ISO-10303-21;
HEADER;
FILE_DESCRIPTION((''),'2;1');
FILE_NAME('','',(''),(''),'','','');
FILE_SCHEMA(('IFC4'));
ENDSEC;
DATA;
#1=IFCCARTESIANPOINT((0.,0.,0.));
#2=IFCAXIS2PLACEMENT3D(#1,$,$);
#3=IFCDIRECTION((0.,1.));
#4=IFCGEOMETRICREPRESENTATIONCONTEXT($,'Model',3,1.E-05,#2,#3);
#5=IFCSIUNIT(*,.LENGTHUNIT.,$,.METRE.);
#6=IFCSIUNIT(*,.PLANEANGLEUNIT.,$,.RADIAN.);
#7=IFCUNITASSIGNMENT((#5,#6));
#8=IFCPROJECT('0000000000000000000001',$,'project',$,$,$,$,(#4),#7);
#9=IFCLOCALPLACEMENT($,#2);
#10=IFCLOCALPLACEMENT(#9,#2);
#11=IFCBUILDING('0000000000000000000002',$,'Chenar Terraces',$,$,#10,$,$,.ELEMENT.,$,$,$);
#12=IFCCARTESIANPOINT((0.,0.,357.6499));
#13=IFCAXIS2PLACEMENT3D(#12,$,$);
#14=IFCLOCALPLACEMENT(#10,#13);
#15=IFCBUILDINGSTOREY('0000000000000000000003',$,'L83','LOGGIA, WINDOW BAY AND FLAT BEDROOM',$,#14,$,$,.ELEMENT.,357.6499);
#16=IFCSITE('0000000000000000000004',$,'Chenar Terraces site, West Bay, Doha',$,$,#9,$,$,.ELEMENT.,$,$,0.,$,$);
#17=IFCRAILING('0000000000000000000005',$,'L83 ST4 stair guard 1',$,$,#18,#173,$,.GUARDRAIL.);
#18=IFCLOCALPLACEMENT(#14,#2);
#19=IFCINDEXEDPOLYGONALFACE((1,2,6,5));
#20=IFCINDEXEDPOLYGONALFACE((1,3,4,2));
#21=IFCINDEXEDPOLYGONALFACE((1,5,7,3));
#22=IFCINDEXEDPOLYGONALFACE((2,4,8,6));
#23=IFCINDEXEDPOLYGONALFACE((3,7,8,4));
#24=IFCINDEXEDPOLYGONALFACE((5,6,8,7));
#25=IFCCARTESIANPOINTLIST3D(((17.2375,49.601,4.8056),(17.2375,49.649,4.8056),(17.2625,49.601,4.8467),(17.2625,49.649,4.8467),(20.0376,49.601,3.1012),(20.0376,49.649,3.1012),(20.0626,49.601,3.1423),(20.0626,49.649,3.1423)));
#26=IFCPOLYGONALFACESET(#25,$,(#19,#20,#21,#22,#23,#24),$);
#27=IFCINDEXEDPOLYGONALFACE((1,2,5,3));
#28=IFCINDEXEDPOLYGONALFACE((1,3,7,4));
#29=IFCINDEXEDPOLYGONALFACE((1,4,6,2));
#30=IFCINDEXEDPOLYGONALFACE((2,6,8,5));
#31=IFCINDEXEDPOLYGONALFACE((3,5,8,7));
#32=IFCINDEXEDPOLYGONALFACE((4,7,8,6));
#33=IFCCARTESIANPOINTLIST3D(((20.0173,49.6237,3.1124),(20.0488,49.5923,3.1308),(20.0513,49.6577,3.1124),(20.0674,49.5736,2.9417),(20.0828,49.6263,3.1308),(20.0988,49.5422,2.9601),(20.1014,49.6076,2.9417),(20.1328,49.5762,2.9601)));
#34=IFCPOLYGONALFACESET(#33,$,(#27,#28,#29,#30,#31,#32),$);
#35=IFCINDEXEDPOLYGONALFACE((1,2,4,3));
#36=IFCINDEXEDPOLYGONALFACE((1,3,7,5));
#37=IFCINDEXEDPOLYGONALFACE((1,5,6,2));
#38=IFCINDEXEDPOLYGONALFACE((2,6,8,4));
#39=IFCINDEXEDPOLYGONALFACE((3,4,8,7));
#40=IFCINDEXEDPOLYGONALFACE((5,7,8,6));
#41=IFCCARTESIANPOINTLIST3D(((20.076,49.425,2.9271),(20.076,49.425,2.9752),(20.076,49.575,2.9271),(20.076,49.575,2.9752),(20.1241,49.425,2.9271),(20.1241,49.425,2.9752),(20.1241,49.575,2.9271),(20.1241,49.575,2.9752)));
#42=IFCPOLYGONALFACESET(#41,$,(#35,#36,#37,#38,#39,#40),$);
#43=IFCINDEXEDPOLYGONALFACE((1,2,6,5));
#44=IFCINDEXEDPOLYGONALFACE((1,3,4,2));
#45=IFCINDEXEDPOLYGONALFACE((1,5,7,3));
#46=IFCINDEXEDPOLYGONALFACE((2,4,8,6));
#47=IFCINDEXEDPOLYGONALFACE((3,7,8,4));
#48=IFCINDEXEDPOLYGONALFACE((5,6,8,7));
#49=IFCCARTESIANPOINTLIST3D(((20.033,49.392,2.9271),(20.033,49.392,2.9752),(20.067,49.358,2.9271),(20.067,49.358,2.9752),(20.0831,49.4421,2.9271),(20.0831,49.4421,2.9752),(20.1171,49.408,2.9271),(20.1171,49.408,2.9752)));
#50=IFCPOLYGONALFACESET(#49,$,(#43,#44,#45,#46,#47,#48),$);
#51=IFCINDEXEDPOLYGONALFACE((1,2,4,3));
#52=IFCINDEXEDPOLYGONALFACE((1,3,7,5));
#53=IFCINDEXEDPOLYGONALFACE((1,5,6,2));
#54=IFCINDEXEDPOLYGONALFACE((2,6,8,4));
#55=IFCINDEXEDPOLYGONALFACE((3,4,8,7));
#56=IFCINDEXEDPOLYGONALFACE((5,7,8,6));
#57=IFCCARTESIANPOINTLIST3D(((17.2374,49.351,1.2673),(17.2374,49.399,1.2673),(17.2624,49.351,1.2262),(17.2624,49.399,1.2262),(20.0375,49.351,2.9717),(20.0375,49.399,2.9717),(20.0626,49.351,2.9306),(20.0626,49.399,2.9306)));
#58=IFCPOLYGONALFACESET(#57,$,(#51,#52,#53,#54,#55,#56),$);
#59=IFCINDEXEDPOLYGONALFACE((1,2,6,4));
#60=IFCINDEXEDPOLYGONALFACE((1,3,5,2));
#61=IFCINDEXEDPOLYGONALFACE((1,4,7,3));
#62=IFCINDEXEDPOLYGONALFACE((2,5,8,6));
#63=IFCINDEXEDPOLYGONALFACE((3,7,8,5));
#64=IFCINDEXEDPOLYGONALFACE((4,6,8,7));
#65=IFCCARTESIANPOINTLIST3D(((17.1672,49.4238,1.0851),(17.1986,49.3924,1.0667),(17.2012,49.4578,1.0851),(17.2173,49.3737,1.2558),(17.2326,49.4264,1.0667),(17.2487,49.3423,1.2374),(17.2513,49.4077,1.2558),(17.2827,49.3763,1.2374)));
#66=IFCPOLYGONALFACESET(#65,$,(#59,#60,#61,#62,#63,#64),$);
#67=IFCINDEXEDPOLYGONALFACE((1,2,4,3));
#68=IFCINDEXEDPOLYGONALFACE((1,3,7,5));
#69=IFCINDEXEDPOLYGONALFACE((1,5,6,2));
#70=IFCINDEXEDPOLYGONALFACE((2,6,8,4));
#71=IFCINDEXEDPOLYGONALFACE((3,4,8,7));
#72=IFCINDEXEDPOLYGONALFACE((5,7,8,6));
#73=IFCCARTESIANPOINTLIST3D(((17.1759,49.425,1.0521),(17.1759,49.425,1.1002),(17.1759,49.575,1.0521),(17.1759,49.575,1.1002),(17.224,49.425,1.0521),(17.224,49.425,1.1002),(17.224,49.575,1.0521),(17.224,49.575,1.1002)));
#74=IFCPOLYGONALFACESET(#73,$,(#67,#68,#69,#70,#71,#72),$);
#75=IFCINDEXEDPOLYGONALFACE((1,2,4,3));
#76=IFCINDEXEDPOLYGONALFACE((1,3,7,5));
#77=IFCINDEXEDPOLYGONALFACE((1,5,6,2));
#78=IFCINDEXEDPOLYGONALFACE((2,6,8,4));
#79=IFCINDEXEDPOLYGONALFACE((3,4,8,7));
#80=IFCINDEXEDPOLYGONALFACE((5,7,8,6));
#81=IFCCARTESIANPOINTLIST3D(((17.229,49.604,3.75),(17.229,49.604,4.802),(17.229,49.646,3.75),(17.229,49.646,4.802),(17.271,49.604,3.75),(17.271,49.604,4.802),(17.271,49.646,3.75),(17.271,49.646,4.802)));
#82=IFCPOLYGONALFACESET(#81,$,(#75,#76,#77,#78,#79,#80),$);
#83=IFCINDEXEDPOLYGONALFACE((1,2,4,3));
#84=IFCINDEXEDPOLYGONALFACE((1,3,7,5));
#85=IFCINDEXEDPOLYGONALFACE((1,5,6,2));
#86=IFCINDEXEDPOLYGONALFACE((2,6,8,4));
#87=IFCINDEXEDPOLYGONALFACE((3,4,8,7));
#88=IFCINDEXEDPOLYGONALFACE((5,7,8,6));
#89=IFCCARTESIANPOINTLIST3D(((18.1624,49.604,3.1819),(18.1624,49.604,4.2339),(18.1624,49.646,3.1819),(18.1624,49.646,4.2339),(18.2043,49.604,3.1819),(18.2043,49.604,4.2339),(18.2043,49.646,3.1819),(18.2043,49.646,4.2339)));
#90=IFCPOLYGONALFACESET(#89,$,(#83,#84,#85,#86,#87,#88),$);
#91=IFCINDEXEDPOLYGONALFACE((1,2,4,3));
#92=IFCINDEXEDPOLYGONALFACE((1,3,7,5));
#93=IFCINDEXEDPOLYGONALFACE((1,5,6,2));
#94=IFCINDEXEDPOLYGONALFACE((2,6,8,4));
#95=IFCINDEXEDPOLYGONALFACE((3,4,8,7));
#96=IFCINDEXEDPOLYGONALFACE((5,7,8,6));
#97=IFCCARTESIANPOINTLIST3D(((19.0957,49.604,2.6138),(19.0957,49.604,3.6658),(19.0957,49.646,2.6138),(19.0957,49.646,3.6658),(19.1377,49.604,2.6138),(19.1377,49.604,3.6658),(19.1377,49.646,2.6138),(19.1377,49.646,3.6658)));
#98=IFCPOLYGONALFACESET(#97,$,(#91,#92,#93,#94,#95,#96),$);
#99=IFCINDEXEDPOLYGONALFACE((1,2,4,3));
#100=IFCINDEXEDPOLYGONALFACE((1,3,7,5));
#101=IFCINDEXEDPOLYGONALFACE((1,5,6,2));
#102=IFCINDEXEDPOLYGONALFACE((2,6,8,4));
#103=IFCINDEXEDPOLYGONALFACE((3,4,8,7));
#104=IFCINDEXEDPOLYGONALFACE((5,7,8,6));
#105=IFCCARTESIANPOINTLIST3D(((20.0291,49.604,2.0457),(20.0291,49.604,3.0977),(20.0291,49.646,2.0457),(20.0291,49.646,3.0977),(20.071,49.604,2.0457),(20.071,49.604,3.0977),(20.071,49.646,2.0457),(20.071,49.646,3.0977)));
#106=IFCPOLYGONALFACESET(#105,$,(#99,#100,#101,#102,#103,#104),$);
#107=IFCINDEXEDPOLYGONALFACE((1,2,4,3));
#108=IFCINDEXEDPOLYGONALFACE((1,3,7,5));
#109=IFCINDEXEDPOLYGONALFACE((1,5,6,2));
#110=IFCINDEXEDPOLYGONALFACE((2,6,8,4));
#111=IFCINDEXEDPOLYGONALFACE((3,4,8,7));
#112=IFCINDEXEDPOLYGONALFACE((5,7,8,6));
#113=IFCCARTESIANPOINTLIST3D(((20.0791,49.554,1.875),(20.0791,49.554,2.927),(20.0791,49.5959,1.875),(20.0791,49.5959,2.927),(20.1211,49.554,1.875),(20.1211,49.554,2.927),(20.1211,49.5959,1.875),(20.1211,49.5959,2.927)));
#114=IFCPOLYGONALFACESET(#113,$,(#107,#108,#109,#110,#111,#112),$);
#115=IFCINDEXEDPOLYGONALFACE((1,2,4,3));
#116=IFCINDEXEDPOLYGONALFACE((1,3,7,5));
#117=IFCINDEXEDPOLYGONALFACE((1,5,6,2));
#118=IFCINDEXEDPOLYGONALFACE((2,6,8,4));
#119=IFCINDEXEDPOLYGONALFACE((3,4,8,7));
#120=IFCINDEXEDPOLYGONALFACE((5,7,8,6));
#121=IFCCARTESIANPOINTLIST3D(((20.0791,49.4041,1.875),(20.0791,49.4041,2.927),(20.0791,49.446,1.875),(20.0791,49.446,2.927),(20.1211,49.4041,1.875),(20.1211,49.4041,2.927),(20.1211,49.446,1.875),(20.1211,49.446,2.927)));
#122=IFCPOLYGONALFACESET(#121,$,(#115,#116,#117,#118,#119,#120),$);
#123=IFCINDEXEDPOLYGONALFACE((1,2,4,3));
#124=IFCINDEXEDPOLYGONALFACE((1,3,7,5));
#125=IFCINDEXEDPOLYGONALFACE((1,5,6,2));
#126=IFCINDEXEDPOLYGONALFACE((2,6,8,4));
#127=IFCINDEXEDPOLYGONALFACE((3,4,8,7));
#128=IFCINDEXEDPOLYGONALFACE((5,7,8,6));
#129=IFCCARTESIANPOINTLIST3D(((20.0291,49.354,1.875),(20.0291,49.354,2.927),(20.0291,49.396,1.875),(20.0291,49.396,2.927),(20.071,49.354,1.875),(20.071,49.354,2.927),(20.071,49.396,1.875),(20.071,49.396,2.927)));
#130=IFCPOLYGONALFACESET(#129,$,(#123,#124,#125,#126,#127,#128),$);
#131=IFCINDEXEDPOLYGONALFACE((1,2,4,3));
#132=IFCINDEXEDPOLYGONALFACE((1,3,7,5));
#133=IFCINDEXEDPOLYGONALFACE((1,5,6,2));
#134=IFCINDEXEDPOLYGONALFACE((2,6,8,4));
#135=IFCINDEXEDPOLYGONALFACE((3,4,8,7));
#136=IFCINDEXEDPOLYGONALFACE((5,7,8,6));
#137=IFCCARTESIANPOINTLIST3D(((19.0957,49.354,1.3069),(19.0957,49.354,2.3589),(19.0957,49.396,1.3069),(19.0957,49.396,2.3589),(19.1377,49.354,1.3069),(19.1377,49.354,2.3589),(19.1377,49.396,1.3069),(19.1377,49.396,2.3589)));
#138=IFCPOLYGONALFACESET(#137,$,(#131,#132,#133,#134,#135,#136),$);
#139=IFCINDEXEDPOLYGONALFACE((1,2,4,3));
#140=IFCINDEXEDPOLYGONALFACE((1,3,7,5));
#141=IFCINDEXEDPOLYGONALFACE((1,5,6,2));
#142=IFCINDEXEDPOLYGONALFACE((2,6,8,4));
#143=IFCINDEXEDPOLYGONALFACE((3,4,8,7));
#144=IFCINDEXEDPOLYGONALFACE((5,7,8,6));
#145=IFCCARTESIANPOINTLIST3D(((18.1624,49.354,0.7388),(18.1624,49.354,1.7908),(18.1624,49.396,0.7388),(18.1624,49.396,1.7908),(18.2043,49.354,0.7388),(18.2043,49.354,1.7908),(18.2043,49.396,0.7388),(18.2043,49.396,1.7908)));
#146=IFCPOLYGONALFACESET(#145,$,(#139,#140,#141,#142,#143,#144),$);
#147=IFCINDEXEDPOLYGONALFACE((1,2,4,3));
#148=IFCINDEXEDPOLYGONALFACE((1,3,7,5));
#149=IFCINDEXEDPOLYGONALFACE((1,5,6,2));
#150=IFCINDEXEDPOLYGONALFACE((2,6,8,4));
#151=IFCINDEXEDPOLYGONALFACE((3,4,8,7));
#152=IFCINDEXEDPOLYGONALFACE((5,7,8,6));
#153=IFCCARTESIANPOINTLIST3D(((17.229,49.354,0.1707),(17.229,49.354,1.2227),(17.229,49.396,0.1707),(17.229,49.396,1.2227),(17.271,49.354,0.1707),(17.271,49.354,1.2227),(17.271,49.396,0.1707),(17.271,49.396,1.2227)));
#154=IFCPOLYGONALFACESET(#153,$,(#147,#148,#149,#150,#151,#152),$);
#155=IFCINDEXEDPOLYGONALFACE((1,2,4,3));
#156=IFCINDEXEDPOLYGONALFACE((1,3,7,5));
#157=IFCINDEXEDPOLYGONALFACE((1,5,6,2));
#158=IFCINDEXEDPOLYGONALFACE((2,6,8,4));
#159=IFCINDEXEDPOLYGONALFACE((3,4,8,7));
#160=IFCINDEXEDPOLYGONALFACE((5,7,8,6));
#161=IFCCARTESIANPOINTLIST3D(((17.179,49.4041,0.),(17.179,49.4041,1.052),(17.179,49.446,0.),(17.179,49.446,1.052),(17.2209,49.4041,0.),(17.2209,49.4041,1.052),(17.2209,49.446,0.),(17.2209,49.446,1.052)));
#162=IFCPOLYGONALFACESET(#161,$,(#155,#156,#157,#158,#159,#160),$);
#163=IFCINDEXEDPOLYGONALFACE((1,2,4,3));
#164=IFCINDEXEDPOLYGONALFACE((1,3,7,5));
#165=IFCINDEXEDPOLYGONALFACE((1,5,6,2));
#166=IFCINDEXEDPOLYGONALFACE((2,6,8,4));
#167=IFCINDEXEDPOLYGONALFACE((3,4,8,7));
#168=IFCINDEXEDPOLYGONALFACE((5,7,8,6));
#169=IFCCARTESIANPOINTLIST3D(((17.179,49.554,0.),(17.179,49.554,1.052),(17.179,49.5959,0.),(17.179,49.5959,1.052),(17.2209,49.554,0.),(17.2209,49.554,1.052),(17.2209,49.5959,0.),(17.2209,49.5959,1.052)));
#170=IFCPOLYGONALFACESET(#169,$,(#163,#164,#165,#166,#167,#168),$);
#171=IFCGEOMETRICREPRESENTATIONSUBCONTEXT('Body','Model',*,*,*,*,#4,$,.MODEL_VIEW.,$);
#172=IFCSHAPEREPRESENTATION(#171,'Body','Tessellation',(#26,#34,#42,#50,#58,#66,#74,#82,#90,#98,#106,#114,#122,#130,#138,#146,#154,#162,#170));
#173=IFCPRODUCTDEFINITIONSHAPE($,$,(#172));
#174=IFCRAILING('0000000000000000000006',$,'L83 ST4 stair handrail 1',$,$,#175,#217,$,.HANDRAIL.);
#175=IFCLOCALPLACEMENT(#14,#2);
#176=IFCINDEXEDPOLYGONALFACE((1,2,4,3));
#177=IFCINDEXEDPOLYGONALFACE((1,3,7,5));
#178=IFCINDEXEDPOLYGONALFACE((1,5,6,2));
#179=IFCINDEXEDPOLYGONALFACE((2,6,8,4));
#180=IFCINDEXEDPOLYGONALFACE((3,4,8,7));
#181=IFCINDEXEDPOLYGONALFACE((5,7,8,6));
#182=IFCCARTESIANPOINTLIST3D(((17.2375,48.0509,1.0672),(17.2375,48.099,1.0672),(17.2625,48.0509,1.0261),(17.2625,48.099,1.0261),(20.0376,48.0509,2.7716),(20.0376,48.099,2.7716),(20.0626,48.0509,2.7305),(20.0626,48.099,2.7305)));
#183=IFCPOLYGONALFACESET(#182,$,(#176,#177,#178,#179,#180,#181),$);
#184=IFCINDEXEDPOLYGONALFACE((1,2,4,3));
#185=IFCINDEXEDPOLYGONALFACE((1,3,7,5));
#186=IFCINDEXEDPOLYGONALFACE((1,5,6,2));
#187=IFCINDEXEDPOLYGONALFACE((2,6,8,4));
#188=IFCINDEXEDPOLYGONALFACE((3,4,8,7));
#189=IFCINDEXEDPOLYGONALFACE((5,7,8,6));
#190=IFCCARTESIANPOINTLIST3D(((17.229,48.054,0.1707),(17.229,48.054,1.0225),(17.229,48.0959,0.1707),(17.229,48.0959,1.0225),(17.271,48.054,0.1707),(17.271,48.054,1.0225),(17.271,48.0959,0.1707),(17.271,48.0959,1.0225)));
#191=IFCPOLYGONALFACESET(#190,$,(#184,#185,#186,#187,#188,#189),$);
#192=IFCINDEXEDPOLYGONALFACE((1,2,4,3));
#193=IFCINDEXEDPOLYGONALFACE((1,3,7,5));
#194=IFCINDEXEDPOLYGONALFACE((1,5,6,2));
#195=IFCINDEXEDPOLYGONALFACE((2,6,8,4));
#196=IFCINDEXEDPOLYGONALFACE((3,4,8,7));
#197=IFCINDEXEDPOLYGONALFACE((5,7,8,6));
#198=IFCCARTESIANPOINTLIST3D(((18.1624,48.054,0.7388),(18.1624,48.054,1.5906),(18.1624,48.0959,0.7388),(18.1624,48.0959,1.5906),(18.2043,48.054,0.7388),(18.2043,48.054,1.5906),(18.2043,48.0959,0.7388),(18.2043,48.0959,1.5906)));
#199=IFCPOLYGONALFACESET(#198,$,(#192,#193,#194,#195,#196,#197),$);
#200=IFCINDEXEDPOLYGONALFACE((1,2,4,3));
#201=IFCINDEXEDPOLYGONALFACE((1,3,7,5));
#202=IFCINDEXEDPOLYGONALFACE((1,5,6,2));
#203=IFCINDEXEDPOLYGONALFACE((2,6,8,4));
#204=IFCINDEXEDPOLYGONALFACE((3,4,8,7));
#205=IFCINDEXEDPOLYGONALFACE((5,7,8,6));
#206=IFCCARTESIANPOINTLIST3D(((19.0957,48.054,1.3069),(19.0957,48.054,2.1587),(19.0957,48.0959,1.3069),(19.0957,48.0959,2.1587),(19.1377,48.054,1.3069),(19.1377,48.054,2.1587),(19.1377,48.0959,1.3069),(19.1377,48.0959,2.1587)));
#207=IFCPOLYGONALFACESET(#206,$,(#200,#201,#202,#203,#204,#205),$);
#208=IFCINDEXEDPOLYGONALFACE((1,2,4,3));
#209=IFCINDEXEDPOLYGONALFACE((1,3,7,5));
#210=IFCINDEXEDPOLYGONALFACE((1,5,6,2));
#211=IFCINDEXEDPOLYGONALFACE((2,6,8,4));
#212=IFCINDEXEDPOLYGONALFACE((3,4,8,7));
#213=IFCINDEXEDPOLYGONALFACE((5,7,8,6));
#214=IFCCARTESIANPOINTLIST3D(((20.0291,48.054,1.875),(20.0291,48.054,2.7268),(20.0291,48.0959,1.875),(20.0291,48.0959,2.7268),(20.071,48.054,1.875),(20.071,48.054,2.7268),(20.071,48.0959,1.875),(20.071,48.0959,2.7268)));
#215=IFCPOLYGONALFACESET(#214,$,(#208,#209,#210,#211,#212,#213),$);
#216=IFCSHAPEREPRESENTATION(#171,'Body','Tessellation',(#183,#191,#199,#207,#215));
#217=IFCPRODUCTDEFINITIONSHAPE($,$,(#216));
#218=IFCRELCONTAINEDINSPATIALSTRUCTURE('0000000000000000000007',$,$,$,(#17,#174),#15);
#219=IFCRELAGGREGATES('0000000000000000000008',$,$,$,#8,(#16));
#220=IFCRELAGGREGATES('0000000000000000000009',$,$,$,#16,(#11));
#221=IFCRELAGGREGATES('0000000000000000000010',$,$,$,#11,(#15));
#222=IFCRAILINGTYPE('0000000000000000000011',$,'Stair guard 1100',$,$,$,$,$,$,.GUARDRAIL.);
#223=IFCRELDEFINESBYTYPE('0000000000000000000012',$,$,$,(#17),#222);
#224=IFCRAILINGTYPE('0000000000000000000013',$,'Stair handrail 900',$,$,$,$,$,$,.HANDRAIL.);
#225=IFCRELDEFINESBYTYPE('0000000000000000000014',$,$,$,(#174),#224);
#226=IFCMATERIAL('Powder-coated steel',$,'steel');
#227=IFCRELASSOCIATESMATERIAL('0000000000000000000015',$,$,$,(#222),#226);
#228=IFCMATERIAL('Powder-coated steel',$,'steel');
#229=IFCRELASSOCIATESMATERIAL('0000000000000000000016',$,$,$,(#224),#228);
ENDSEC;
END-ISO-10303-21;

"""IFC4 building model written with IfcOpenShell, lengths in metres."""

from ifc_helpers import new_model, si_unit, direction, frame, origin, origin_2d, place, context, subcontext, project, spatial, rectangle, extrude, material, type_object, element, save


model = new_model("IFC4")

# Units and contexts
model_context = context("Model", 3, precision=1e-05, world=origin(), true_north=direction((0.0, 1.0)))
body_context = subcontext(model_context, "Body", "Model", "MODEL_VIEW")
ifc_project = project(units=[si_unit("LENGTHUNIT", "METRE"), si_unit("PLANEANGLEUNIT", "RADIAN")], contexts=[model_context])

# Site, building, storey
site_placement = place(None, origin())
site = spatial("IfcSite", under=ifc_project, at=site_placement, Name="Chenar Terraces site, West Bay, Doha", CompositionType="ELEMENT", RefElevation=0.0)
building_placement = place(site_placement, origin())
building = spatial("IfcBuilding", under=site, at=building_placement, Name="Chenar Terraces", CompositionType="ELEMENT")
storey_placement = place(building_placement, frame((0.0, 0.0, 357.6499)))
storey = spatial("IfcBuildingStorey", under=building, at=storey_placement, Name="L83", Description="LOGGIA, WINDOW BAY AND FLAT BEDROOM", CompositionType="ELEMENT", Elevation=357.6499)

# Railings
ifc_material_1 = material(Name="Powder-coated steel", Category="steel")
railing_type_1 = type_object("IfcRailingType", Name="Stair guard 1100", PredefinedType="GUARDRAIL", material=ifc_material_1)
railing_1_placement = place(storey_placement, frame((17.25, 49.625, 3.75)))
element("IfcRailing", 1, at=railing_1_placement, inside=storey, type_object=railing_type_1, Name="L83 ST4 stair guard 1", PredefinedType="GUARDRAIL", context=body_context, shape_type="SweptSolid", body=[
    extrude(rectangle(XDim=0.0481, YDim=0.0481, at=origin_2d()), frame((0.0, 0.0, 1.0762), z_axis=(0.854203, 0.0, -0.51994), x_axis=(0.0, 1.0, 0.0)), (0.0, 0.0, 1.0), 3.2781),
    extrude(rectangle(XDim=0.0481, YDim=0.0481, at=origin_2d()), frame((2.8, 0.0, -0.6284), z_axis=(0.2709, -0.2709, -0.923703), x_axis=(0.707107, 0.707107, 0.0)), (0.0, 0.0, 1.0), 0.1848),
    extrude(rectangle(XDim=0.0481, YDim=0.0481, at=origin_2d()), frame((2.8501, -0.05, -0.7988), z_axis=(0.0, -1.0, 0.0), x_axis=(1.0, 0.0, 0.0)), (0.0, 0.0, 1.0), 0.1499),
    extrude(rectangle(XDim=0.0481, YDim=0.0481, at=origin_2d()), frame((2.8501, -0.2, -0.7988), z_axis=(-0.707107, -0.707107, 0.0), x_axis=(0.707107, -0.707107, 0.0)), (0.0, 0.0, 1.0), 0.0708),
    extrude(rectangle(XDim=0.0481, YDim=0.0481, at=origin_2d()), frame((2.8, -0.25, -0.7988), z_axis=(-0.854203, 0.0, -0.51994), x_axis=(0.0, -1.0, 0.0)), (0.0, 0.0, 1.0), 3.2781),
    extrude(rectangle(XDim=0.0481, YDim=0.0481, at=origin_2d()), frame((0.0, -0.25, -2.5034), z_axis=(-0.2709, 0.2709, -0.923703), x_axis=(-0.707107, -0.707107, 0.0)), (0.0, 0.0, 1.0), 0.1848),
    extrude(rectangle(XDim=0.0481, YDim=0.0481, at=origin_2d()), frame((-0.05, -0.2, -2.6738), z_axis=(0.0, 1.0, 0.0), x_axis=(-1.0, 0.0, 0.0)), (0.0, 0.0, 1.0), 0.1499),
    extrude(rectangle(XDim=0.042, YDim=0.042, at=origin_2d()), origin(), (0.0, 0.0, 1.0), 1.052),
    extrude(rectangle(XDim=0.042, YDim=0.042, at=origin_2d()), frame((0.9333, 0.0, -0.5681)), (0.0, 0.0, 1.0), 1.052),
    extrude(rectangle(XDim=0.042, YDim=0.042, at=origin_2d()), frame((1.8667, 0.0, -1.1362)), (0.0, 0.0, 1.0), 1.052),
    extrude(rectangle(XDim=0.042, YDim=0.042, at=origin_2d()), frame((2.8, 0.0, -1.7043)), (0.0, 0.0, 1.0), 1.052),
    extrude(rectangle(XDim=0.042, YDim=0.042, at=origin_2d()), frame((2.8501, -0.05, -1.875)), (0.0, 0.0, 1.0), 1.052),
    extrude(rectangle(XDim=0.042, YDim=0.042, at=origin_2d()), frame((2.8501, -0.2, -1.875)), (0.0, 0.0, 1.0), 1.052),
    extrude(rectangle(XDim=0.042, YDim=0.042, at=origin_2d()), frame((2.8, -0.25, -1.875)), (0.0, 0.0, 1.0), 1.052),
    extrude(rectangle(XDim=0.042, YDim=0.042, at=origin_2d()), frame((1.8667, -0.25, -2.4431)), (0.0, 0.0, 1.0), 1.052),
    extrude(rectangle(XDim=0.042, YDim=0.042, at=origin_2d()), frame((0.9333, -0.25, -3.0112)), (0.0, 0.0, 1.0), 1.052),
    extrude(rectangle(XDim=0.042, YDim=0.042, at=origin_2d()), frame((0.0, -0.25, -3.5793)), (0.0, 0.0, 1.0), 1.052),
    extrude(rectangle(XDim=0.042, YDim=0.042, at=origin_2d()), frame((-0.05, -0.2, -3.75)), (0.0, 0.0, 1.0), 1.052),
    extrude(rectangle(XDim=0.042, YDim=0.042, at=origin_2d()), frame((-0.05, -0.05, -3.75)), (0.0, 0.0, 1.0), 1.052),
])
ifc_material_2 = material(Name="Powder-coated steel", Category="steel")
railing_type_2 = type_object("IfcRailingType", Name="Stair handrail 900", PredefinedType="HANDRAIL", material=ifc_material_2)
railing_2_placement = place(storey_placement, frame((17.25, 48.075, 0.1707)))
element("IfcRailing", 2, at=railing_2_placement, inside=storey, type_object=railing_type_2, Name="L83 ST4 stair handrail 1", PredefinedType="HANDRAIL", context=body_context, shape_type="SweptSolid", body=[
    extrude(rectangle(XDim=0.0481, YDim=0.0481, at=origin_2d()), frame((0.0, 0.0, 0.876), z_axis=(0.854203, 0.0, 0.51994), x_axis=(0.0, 1.0, 0.0)), (0.0, 0.0, 1.0), 3.2781),
    extrude(rectangle(XDim=0.042, YDim=0.042, at=origin_2d()), origin(), (0.0, 0.0, 1.0), 0.8518),
    extrude(rectangle(XDim=0.042, YDim=0.042, at=origin_2d()), frame((0.9333, 0.0, 0.5681)), (0.0, 0.0, 1.0), 0.8518),
    extrude(rectangle(XDim=0.042, YDim=0.042, at=origin_2d()), frame((1.8667, 0.0, 1.1362)), (0.0, 0.0, 1.0), 0.8518),
    extrude(rectangle(XDim=0.042, YDim=0.042, at=origin_2d()), frame((2.8, 0.0, 1.7043)), (0.0, 0.0, 1.0), 0.8518),
])

save(model, "model.ifc")
